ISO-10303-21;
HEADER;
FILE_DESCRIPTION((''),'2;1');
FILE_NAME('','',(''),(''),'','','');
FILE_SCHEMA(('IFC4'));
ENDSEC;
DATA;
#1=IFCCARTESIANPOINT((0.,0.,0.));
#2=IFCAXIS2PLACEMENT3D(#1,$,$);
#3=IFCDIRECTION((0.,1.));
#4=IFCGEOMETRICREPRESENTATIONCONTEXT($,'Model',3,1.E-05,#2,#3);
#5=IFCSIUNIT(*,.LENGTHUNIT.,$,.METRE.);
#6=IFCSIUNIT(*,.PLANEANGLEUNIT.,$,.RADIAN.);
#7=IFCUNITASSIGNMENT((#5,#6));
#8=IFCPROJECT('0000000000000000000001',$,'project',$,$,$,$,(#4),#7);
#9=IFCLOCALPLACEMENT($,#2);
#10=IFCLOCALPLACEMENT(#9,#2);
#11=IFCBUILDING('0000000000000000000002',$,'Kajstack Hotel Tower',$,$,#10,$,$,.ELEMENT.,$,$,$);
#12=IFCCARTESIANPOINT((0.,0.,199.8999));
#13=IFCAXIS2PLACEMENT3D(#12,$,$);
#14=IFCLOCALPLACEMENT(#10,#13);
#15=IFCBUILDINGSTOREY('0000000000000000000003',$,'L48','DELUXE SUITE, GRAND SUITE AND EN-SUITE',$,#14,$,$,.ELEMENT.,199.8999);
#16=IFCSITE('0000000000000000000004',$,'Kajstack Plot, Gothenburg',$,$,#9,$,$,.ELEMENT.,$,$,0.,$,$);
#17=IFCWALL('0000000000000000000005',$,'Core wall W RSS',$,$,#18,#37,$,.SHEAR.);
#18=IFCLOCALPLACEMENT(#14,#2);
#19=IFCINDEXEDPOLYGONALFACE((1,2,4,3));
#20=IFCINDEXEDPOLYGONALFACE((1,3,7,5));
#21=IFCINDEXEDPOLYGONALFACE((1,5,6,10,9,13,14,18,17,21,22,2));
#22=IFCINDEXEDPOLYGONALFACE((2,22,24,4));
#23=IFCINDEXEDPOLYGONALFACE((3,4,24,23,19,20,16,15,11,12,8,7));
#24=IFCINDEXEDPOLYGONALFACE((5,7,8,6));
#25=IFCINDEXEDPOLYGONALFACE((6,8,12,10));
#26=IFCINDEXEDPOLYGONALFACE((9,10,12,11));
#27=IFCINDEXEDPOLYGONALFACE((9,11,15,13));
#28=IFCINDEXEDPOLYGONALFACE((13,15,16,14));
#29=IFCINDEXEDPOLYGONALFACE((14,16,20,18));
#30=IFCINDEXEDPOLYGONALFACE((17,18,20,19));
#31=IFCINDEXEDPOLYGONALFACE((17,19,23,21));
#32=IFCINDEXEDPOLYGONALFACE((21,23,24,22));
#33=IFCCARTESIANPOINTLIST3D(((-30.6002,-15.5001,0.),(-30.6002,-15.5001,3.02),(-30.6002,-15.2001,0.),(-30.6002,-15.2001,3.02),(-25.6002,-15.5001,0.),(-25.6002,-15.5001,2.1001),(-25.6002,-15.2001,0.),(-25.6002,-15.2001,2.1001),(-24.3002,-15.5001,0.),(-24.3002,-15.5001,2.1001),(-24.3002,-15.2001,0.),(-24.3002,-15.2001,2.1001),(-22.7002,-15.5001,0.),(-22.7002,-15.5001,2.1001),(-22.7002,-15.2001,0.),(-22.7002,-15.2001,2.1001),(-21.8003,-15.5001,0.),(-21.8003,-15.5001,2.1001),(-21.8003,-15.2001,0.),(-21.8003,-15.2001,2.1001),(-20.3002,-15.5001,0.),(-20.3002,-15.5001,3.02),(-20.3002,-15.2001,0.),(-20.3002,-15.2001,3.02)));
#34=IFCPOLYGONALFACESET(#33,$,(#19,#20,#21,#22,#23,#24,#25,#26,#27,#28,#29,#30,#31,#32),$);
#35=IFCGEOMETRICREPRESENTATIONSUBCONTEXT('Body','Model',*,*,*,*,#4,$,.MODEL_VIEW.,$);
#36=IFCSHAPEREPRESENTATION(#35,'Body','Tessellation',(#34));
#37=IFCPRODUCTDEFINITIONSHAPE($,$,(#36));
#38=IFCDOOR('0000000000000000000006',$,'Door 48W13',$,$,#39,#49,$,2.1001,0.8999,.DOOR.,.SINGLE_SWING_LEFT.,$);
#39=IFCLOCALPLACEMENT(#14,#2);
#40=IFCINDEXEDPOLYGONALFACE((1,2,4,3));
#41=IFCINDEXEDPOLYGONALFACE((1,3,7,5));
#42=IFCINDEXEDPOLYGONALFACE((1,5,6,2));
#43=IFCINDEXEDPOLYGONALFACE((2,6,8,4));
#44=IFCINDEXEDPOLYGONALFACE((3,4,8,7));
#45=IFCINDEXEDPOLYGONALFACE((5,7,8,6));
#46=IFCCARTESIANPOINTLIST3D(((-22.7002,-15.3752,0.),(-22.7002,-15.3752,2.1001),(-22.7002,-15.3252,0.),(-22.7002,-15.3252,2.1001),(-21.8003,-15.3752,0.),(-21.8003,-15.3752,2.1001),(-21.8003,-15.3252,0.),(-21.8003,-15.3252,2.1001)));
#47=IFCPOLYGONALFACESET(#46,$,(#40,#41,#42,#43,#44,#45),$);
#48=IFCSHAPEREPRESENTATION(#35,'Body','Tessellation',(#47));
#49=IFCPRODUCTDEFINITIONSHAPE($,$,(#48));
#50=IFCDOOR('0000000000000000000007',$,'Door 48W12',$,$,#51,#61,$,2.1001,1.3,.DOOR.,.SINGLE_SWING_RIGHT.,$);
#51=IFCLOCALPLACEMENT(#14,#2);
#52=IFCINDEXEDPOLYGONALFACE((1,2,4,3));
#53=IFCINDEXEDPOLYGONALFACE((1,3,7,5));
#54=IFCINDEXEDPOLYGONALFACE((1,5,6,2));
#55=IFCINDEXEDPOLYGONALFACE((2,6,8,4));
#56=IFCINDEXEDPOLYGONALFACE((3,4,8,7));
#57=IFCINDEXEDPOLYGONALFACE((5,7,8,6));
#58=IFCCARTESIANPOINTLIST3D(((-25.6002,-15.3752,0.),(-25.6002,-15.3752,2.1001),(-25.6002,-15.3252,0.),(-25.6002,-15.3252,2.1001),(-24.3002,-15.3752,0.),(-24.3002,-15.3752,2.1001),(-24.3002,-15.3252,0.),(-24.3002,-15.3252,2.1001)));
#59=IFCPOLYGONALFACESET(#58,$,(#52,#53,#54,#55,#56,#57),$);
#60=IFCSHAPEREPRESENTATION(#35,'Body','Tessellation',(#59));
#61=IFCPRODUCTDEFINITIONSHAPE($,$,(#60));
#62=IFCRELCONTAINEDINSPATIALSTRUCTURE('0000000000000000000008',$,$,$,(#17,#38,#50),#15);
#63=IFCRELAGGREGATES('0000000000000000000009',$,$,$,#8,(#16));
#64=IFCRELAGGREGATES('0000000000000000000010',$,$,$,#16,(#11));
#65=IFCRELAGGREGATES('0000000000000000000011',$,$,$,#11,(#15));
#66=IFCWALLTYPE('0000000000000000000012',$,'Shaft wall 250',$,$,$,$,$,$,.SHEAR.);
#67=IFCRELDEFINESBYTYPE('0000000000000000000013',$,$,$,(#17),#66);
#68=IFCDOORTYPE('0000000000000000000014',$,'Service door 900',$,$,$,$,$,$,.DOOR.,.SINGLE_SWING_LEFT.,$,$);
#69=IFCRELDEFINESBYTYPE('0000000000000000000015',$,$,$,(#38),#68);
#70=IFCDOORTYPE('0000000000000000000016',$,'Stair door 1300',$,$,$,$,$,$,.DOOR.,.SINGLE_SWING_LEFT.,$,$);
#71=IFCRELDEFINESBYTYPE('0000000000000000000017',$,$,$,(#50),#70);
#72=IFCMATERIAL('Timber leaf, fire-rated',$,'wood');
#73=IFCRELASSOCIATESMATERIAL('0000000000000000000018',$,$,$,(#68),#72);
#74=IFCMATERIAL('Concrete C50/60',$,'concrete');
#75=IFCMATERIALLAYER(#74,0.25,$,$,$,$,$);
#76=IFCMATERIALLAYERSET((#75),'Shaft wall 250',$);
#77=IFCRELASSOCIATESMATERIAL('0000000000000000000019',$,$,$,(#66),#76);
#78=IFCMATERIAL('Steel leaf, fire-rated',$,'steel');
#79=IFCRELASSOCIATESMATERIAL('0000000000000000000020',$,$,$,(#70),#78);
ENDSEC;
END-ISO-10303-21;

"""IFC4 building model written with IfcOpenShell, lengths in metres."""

from ifc_helpers import new_model, si_unit, direction, frame, frame_2d, origin, place, context, subcontext, project, spatial, rectangle, extrude, material, layer, layer_set, type_object, element, fill, save


model = new_model("IFC4")

# Units and contexts
model_context = context("Model", 3, precision=1e-05, world=origin(), true_north=direction((0.0, 1.0)))
body_context = subcontext(model_context, "Body", "Model", "MODEL_VIEW")
ifc_project = project(units=[si_unit("LENGTHUNIT", "METRE"), si_unit("PLANEANGLEUNIT", "RADIAN")], contexts=[model_context])

# Site, building, storey
site_placement = place(None, origin())
site = spatial("IfcSite", under=ifc_project, at=site_placement, Name="Kajstack Plot, Gothenburg", CompositionType="ELEMENT", RefElevation=0.0)
building_placement = place(site_placement, origin())
building = spatial("IfcBuilding", under=site, at=building_placement, Name="Kajstack Hotel Tower", CompositionType="ELEMENT")
storey_placement = place(building_placement, frame((0.0, 0.0, 199.8999)))
storey = spatial("IfcBuildingStorey", under=building, at=storey_placement, Name="L48", Description="DELUXE SUITE, GRAND SUITE AND EN-SUITE", CompositionType="ELEMENT", Elevation=199.8999)

# Shared definitions
ifc_material_1 = material(Name="Timber leaf, fire-rated", Category="wood")
door_type_1 = type_object("IfcDoorType", Name="Service door 900", OperationType="SINGLE_SWING_LEFT", PredefinedType="DOOR", material=ifc_material_1)

# Wall, openings, doors
ifc_material_2 = material(Name="Concrete C50/60", Category="concrete")
ifc_layer_1 = layer(ifc_material_2, 0.25)
ifc_layer_set_1 = layer_set([ifc_layer_1], Name="Shaft wall 250")
wall_type_1 = type_object("IfcWallType", Name="Shaft wall 250", PredefinedType="SHEAR", material=ifc_layer_set_1)
wall_1_placement = place(storey_placement, frame((-30.6001, -15.3501, 0.0), z_axis=(0.0, 0.0, 1.0), x_axis=(1.0, 0.0, 0.0)))
wall_1 = element("IfcWall", 1, at=wall_1_placement, inside=storey, type_object=wall_type_1, Name="Core wall W RSS", PredefinedType="SHEAR", context=body_context, shape_type="SweptSolid", body=[
    extrude(rectangle(XDim=10.3, YDim=0.3, at=frame_2d((5.1499, 0.0))), origin(), (0.0, 0.0, 1.0), 3.02),
])
opening_1_placement = place(wall_1_placement, frame((5.0, 0.0, 0.0)))
opening_1 = element("IfcOpeningElement", 2, at=opening_1_placement, cuts=wall_1, PredefinedType="OPENING", context=body_context, shape_type="SweptSolid", body=[
    extrude(rectangle(XDim=1.3, YDim=2.1001, at=frame_2d((0.6499, 1.05))), frame((0.0, 0.1599, 0.0), z_axis=(0.0, -1.0, 0.0), x_axis=(1.0, 0.0, 0.0)), (0.0, 0.0, 1.0), 0.3201),
])
opening_2_placement = place(wall_1_placement, frame((7.8999, 0.0, 0.0)))
opening_2 = element("IfcOpeningElement", 3, at=opening_2_placement, cuts=wall_1, PredefinedType="OPENING", context=body_context, shape_type="SweptSolid", body=[
    extrude(rectangle(XDim=0.8999, YDim=2.1001, at=frame_2d((0.45, 1.05))), frame((0.0, 0.1599, 0.0), z_axis=(0.0, -1.0, 0.0), x_axis=(1.0, 0.0, 0.0)), (0.0, 0.0, 1.0), 0.3201),
])
door_1_placement = place(opening_2_placement, origin())
door_1 = element("IfcDoor", 4, at=door_1_placement, inside=storey, type_object=door_type_1, Name="Door 48W13", OperationType="SINGLE_SWING_LEFT", OverallHeight=2.1001, OverallWidth=0.8999, PredefinedType="DOOR", context=body_context, shape_type="SweptSolid", body=[
    extrude(rectangle(XDim=0.8999, YDim=2.1001, at=frame_2d((0.45, 1.05))), frame((0.0, 0.0249, 0.0), z_axis=(0.0, -1.0, 0.0), x_axis=(1.0, 0.0, 0.0)), (0.0, 0.0, 1.0), 0.05),
])
fill(opening_2, door_1)
ifc_material_3 = material(Name="Steel leaf, fire-rated", Category="steel")
door_type_2 = type_object("IfcDoorType", Name="Stair door 1300", OperationType="SINGLE_SWING_LEFT", PredefinedType="DOOR", material=ifc_material_3)
door_2_placement = place(opening_1_placement, origin())
door_2 = element("IfcDoor", 5, at=door_2_placement, inside=storey, type_object=door_type_2, Name="Door 48W12", OperationType="SINGLE_SWING_RIGHT", OverallHeight=2.1001, OverallWidth=1.3, PredefinedType="DOOR", context=body_context, shape_type="SweptSolid", body=[
    extrude(rectangle(XDim=1.3, YDim=2.1001, at=frame_2d((0.6499, 1.05))), frame((0.0, 0.0249, 0.0), z_axis=(0.0, -1.0, 0.0), x_axis=(1.0, 0.0, 0.0)), (0.0, 0.0, 1.0), 0.05),
])
fill(opening_1, door_2)

save(model, "model.ifc")
